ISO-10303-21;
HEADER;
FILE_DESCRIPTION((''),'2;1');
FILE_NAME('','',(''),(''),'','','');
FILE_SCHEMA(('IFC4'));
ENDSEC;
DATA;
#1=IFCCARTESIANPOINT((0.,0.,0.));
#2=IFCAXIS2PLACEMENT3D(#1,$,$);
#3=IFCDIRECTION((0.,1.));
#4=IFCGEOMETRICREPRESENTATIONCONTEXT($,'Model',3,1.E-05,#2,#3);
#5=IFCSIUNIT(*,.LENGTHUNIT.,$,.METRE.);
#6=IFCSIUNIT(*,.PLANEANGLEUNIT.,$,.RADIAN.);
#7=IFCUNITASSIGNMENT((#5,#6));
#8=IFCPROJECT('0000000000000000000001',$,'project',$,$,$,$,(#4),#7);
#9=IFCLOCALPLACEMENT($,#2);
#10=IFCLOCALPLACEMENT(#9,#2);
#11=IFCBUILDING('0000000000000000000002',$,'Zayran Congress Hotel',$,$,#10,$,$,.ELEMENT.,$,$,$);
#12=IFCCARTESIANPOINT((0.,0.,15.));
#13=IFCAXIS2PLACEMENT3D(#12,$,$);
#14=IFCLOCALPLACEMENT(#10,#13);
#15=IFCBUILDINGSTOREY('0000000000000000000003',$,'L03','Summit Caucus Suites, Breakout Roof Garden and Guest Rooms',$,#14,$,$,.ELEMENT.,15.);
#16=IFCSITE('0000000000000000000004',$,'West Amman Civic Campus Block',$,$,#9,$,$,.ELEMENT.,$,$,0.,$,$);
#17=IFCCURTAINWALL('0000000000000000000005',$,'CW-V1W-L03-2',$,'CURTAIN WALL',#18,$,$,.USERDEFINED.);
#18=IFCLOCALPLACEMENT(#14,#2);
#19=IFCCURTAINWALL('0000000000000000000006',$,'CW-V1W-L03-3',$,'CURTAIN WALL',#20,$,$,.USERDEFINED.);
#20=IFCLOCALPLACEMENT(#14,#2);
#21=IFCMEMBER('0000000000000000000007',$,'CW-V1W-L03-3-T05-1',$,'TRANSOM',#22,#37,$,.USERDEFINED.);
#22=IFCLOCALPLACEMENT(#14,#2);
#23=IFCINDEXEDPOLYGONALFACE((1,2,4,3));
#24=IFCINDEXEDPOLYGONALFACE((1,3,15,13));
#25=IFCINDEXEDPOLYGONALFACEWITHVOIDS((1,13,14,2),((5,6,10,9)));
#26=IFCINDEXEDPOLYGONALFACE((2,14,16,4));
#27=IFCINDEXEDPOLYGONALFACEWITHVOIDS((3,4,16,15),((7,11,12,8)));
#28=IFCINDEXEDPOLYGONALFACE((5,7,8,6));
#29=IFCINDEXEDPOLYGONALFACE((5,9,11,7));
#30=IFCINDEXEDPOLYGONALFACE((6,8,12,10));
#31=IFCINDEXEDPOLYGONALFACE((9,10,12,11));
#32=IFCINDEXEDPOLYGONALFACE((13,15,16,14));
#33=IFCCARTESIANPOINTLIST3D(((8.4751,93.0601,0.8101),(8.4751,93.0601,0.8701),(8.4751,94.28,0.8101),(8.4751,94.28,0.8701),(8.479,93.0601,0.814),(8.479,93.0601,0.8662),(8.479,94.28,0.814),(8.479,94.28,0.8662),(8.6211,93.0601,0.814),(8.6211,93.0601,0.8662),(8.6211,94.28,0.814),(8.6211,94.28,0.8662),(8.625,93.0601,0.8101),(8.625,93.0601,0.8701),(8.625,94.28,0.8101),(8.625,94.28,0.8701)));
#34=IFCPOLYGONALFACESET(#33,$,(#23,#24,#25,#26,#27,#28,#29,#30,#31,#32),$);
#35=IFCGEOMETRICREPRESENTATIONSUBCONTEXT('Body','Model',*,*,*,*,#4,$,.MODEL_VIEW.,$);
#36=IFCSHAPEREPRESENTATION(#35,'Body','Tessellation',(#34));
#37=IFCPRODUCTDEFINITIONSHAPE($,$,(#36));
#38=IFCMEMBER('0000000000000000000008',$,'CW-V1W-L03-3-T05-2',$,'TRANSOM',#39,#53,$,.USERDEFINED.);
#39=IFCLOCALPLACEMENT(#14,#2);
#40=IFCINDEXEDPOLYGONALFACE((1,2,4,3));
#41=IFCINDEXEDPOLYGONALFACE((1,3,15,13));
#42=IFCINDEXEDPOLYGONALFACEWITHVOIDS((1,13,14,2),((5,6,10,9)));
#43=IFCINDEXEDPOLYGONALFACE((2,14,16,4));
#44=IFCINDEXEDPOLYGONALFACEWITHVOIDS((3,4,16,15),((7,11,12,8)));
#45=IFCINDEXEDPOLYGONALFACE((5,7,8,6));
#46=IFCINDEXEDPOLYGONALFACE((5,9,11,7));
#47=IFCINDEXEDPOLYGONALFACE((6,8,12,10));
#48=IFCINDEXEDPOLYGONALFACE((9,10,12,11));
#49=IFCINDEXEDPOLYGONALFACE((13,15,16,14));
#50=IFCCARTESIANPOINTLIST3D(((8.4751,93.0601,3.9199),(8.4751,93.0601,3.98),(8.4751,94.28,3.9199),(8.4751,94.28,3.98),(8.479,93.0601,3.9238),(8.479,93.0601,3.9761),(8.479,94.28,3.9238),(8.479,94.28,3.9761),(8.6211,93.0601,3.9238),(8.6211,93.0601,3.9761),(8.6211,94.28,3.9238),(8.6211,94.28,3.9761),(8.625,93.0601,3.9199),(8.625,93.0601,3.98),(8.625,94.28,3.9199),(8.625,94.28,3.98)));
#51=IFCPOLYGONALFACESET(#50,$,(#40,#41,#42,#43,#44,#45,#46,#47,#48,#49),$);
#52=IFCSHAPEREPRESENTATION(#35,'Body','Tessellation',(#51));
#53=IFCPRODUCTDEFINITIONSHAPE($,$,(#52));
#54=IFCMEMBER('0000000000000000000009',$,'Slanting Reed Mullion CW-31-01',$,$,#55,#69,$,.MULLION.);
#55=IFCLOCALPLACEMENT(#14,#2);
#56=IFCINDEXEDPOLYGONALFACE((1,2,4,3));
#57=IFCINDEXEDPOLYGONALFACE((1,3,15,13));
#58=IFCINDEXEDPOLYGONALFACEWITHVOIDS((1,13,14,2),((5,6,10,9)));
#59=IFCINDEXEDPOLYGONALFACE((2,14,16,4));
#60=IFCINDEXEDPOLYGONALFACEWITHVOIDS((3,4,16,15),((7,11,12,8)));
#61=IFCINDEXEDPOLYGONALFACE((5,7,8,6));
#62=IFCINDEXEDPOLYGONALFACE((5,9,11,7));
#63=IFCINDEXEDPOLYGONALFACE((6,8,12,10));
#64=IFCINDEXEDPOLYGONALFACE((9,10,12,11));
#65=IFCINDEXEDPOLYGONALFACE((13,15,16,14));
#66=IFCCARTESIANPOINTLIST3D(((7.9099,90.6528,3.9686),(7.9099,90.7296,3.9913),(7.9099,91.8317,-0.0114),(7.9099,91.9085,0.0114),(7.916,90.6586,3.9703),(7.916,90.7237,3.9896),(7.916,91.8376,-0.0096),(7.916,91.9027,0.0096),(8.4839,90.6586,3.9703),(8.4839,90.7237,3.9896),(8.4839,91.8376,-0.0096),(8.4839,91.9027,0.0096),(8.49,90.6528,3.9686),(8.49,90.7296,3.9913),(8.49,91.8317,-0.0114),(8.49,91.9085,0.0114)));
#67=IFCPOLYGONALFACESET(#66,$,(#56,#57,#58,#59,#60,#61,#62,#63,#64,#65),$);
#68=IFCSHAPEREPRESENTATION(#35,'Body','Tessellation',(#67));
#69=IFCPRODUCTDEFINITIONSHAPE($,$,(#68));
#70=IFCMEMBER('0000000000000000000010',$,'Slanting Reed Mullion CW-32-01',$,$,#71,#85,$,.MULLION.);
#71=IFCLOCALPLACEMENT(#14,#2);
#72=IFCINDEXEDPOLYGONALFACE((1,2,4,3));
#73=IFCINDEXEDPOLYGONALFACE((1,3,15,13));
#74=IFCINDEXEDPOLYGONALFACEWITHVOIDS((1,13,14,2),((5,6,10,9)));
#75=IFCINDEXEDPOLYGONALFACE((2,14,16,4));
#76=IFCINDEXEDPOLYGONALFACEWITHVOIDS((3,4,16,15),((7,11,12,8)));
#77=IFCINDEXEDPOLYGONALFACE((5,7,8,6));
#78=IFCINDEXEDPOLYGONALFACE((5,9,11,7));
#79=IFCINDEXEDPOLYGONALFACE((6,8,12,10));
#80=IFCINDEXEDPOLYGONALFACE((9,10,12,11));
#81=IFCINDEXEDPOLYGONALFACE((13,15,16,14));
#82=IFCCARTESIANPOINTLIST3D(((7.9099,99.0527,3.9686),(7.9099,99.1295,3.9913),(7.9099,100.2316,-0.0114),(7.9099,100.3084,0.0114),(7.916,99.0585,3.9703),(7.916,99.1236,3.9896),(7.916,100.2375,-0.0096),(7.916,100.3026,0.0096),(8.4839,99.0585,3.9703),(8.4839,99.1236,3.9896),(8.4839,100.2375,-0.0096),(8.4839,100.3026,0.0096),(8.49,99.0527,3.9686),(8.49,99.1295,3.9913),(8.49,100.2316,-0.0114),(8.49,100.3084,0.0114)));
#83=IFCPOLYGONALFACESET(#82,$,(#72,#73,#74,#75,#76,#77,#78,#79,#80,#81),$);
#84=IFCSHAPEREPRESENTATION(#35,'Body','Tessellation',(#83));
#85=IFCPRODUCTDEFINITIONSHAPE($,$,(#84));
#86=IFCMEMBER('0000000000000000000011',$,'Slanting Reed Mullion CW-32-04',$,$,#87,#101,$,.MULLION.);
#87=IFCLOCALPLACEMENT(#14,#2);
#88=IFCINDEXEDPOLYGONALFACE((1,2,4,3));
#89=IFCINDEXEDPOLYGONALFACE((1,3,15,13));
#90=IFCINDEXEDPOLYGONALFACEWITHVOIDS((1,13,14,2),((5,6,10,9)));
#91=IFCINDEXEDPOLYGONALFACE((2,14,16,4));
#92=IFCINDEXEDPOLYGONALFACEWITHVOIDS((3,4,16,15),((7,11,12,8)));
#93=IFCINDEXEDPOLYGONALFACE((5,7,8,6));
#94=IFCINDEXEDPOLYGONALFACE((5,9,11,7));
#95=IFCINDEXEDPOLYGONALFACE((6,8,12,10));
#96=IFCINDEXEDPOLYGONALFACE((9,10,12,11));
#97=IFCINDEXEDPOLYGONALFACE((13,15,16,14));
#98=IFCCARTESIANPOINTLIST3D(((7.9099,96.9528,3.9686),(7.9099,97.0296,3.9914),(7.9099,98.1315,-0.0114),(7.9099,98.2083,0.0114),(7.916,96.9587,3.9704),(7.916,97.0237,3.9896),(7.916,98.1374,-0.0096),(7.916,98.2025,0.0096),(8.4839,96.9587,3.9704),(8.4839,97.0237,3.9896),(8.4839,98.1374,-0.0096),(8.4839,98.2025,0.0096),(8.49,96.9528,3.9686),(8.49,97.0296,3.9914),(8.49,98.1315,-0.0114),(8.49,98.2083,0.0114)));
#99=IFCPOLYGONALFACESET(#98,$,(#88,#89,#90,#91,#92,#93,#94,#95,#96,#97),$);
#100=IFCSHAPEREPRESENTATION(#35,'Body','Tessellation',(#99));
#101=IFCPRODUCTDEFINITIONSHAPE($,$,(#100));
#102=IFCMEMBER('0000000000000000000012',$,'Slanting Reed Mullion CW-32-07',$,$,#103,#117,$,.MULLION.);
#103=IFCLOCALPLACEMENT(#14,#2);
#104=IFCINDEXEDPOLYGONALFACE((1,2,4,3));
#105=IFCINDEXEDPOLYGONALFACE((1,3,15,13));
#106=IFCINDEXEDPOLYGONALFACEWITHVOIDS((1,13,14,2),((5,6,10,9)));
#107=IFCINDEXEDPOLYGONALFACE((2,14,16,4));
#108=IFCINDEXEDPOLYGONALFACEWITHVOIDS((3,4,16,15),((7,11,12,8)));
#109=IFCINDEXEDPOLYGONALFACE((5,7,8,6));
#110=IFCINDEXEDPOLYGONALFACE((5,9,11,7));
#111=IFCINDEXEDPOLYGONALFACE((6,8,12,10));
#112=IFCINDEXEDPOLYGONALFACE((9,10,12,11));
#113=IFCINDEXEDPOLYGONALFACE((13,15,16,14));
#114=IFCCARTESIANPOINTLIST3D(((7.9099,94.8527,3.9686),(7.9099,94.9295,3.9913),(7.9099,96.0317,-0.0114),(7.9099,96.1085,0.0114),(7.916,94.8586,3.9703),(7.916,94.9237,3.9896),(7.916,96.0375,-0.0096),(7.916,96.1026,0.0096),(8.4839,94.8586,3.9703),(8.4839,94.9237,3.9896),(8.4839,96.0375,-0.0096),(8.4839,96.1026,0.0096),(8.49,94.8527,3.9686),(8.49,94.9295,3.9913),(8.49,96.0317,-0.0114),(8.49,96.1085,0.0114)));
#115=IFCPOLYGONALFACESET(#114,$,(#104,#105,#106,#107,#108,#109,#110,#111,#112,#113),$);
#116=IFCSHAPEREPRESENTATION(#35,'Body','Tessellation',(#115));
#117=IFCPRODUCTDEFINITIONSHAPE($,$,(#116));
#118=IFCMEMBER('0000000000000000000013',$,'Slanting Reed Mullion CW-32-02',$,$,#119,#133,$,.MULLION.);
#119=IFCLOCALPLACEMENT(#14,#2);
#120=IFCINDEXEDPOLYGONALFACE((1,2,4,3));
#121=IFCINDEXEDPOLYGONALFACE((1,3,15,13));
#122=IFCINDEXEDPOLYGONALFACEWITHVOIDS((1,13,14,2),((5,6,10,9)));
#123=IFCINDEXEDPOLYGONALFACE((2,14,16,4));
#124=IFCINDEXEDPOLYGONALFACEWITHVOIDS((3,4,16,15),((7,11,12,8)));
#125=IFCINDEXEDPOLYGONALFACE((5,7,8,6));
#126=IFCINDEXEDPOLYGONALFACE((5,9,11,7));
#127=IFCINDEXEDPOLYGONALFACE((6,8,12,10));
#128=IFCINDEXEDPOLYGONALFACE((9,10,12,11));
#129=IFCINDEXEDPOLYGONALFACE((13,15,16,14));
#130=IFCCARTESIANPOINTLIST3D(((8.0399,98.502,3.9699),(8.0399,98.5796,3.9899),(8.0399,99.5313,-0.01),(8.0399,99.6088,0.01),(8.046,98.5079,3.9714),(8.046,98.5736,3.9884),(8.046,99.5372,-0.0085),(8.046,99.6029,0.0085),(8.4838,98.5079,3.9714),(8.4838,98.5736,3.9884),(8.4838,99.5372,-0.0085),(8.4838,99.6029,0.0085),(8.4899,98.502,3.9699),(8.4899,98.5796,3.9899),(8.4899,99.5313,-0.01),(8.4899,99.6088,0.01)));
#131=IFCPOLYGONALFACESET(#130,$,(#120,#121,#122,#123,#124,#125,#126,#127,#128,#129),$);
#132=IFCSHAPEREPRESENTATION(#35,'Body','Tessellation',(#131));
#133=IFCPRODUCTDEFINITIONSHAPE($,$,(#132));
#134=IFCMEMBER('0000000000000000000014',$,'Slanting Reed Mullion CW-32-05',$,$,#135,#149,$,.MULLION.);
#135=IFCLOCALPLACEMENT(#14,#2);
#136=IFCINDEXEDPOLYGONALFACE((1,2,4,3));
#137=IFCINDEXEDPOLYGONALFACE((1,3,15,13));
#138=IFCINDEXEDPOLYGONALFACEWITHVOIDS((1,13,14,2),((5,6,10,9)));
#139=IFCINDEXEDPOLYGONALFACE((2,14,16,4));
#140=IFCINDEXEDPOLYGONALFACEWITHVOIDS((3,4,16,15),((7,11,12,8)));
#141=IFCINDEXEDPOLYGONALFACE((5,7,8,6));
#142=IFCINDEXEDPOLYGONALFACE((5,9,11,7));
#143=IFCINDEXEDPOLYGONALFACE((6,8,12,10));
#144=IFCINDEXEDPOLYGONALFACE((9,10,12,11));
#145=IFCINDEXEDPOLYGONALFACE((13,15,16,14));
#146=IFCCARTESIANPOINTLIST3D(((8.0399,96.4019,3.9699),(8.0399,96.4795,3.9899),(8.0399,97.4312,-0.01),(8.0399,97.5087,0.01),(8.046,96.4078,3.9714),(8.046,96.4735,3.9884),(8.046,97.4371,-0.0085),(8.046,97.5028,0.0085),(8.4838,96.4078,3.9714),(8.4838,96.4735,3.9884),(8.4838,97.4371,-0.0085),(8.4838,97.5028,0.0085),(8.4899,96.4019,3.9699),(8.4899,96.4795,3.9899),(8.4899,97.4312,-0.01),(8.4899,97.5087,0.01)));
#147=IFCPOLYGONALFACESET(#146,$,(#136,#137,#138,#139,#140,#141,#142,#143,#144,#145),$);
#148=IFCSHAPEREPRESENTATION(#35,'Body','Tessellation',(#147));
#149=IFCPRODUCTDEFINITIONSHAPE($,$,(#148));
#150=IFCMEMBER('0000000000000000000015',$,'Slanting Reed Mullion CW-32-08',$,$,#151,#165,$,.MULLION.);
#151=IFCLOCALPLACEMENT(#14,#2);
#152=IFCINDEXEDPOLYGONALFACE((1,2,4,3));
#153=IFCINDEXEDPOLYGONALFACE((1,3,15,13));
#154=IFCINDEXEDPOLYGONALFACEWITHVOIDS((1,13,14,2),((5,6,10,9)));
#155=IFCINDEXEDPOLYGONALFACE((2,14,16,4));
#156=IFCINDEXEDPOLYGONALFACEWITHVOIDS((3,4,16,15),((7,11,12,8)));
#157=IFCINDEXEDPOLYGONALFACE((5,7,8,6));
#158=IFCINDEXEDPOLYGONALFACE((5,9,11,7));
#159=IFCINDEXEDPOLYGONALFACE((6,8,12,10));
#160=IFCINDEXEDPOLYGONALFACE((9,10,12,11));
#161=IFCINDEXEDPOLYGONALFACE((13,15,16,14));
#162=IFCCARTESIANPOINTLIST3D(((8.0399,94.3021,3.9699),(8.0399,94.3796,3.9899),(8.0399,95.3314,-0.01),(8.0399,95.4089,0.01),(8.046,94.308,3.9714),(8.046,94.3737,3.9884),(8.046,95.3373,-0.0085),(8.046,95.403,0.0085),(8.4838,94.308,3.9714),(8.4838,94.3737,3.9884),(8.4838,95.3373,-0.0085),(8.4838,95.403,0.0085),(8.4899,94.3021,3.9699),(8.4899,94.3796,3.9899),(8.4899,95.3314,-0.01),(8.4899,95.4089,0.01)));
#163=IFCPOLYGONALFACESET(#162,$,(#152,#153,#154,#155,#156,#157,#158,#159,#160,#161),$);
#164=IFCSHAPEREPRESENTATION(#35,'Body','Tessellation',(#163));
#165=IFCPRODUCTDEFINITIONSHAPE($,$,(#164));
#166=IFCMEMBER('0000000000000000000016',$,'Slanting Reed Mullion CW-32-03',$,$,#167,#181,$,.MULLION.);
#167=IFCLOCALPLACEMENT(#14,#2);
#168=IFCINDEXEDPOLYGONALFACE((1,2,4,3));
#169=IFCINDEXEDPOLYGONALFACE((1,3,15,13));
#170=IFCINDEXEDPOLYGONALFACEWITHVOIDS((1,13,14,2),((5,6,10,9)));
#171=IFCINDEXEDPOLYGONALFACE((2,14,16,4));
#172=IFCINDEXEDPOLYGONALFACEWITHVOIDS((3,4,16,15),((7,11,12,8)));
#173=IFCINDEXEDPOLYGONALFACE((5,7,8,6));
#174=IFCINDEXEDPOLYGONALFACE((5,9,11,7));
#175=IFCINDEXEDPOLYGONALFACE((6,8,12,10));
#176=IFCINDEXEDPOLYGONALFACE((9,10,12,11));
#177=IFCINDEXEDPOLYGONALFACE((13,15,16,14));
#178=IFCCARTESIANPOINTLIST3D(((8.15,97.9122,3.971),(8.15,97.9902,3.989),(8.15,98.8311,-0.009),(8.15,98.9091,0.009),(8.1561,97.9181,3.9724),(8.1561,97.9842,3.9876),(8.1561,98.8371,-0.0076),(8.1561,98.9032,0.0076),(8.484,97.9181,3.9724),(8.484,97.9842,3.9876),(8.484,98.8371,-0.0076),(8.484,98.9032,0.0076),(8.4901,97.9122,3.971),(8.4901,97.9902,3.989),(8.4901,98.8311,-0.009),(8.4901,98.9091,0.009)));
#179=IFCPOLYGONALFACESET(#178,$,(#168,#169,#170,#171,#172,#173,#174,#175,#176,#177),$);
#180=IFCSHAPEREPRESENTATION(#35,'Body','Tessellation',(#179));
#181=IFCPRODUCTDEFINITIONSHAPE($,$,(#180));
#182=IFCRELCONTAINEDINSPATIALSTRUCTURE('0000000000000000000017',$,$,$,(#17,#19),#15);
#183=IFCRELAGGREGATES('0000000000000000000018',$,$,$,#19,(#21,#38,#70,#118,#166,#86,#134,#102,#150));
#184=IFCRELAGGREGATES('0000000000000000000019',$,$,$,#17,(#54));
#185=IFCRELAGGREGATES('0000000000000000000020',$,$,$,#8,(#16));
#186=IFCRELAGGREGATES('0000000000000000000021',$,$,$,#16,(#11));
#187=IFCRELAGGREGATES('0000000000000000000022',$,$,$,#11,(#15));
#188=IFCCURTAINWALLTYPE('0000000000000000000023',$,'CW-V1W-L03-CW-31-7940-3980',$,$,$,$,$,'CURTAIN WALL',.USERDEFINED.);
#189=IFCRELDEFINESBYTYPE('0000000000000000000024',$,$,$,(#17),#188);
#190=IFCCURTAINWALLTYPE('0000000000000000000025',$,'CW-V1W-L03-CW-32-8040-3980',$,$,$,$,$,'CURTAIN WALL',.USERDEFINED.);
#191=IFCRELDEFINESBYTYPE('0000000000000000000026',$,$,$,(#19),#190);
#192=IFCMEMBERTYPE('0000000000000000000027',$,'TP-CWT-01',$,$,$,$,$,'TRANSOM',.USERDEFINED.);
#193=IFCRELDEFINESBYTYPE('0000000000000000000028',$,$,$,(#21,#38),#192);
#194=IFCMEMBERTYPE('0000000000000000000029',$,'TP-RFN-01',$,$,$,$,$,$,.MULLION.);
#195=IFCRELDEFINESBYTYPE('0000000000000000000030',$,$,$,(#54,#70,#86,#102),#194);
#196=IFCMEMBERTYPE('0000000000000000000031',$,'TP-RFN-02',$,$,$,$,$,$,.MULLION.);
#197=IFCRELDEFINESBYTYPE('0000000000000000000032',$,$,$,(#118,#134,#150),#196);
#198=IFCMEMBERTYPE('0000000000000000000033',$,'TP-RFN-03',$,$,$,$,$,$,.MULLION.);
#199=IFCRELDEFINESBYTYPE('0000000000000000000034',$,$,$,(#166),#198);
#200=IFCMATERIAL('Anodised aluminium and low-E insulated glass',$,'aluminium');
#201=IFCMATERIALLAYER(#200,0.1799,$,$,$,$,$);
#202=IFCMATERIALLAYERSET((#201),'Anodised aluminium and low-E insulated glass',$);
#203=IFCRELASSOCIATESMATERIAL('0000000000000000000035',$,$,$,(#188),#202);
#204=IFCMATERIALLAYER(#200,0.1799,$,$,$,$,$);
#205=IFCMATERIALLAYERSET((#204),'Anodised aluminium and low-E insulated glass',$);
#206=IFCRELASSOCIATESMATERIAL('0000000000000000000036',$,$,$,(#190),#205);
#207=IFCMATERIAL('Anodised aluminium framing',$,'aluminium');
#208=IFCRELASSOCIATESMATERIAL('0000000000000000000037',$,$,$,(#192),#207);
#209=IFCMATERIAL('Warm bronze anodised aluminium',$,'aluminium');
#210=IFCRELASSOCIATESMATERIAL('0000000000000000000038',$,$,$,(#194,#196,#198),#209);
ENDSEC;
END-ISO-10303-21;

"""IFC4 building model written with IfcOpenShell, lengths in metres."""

from ifc_helpers import new_model, si_unit, direction, frame, origin, origin_2d, place, context, subcontext, project, spatial, hollow_rectangle, extrude, material, layer, layer_set, material_profile, profile_set, type_object, element, aggregate, save


model = new_model("IFC4")

# Units and contexts
model_context = context("Model", 3, precision=1e-05, world=origin(), true_north=direction((0.0, 1.0)))
body_context = subcontext(model_context, "Body", "Model", "MODEL_VIEW")
ifc_project = project(units=[si_unit("LENGTHUNIT", "METRE"), si_unit("PLANEANGLEUNIT", "RADIAN")], contexts=[model_context])

# Site, building, storey
site_placement = place(None, origin())
site = spatial("IfcSite", under=ifc_project, at=site_placement, Name="West Amman Civic Campus Block", CompositionType="ELEMENT", RefElevation=0.0)
building_placement = place(site_placement, origin())
building = spatial("IfcBuilding", under=site, at=building_placement, Name="Zayran Congress Hotel", CompositionType="ELEMENT")
storey_placement = place(building_placement, frame((0.0, 0.0, 15.0)))
storey = spatial("IfcBuildingStorey", under=building, at=storey_placement, Name="L03", Description="Summit Caucus Suites, Breakout Roof Garden and Guest Rooms", CompositionType="ELEMENT", Elevation=15.0)

# Curtain walls
ifc_material_1 = material(Name="Anodised aluminium and low-E insulated glass", Category="aluminium")
ifc_layer_1 = layer(ifc_material_1, 0.1799)
ifc_layer_set_1 = layer_set([ifc_layer_1], Name="Anodised aluminium and low-E insulated glass")
curtain_wall_type_1 = type_object("IfcCurtainWallType", Name="CW-V1W-L03-CW-31-7940-3980", ElementType="CURTAIN WALL", PredefinedType="USERDEFINED", material=ifc_layer_set_1)
curtain_wall_1_placement = place(storey_placement, origin())
curtain_wall_1 = element("IfcCurtainWall", 1, at=curtain_wall_1_placement, inside=storey, type_object=curtain_wall_type_1, Name="CW-V1W-L03-2", ObjectType="CURTAIN WALL", PredefinedType="USERDEFINED")
ifc_material_2 = material(Name="Anodised aluminium framing", Category="aluminium")
ifc_layer_2 = layer(ifc_material_1, 0.1799)
ifc_layer_set_2 = layer_set([ifc_layer_2], Name="Anodised aluminium and low-E insulated glass")
curtain_wall_type_2 = type_object("IfcCurtainWallType", Name="CW-V1W-L03-CW-32-8040-3980", ElementType="CURTAIN WALL", PredefinedType="USERDEFINED", material=ifc_layer_set_2)
curtain_wall_2_placement = place(storey_placement, origin())
curtain_wall_2 = element("IfcCurtainWall", 2, at=curtain_wall_2_placement, inside=storey, type_object=curtain_wall_type_2, Name="CW-V1W-L03-3", ObjectType="CURTAIN WALL", PredefinedType="USERDEFINED")

# Members
ifc_material_profile_1 = material_profile(ifc_material_2, hollow_rectangle(XDim=0.0601, YDim=0.1499, WallThickness=0.0039, at=origin_2d()), Name="RHS 150x60x4")
ifc_profile_set_1 = profile_set([ifc_material_profile_1], Name="Anodised aluminium framing")
member_type_1 = type_object("IfcMemberType", Name="TP-CWT-01", ElementType="TRANSOM", PredefinedType="USERDEFINED", material=ifc_profile_set_1)
member_1_placement = place(storey_placement, frame((8.55, 94.28, 0.8401), z_axis=(0.0, -1.0, 0.0), x_axis=(0.0, 0.0, 1.0)))
member_1 = element("IfcMember", 3, at=member_1_placement, type_object=member_type_1, Name="CW-V1W-L03-3-T05-1", ObjectType="TRANSOM", PredefinedType="USERDEFINED", context=body_context, shape_type="SweptSolid", body=[
    extrude(hollow_rectangle(XDim=0.0601, YDim=0.1499, WallThickness=0.0039, at=origin_2d()), origin(), (0.0, 0.0, 1.0), 1.22),
])
member_2_placement = place(storey_placement, frame((8.55, 94.28, 3.95), z_axis=(0.0, -1.0, 0.0), x_axis=(0.0, 0.0, 1.0)))
member_2 = element("IfcMember", 4, at=member_2_placement, type_object=member_type_1, Name="CW-V1W-L03-3-T05-2", ObjectType="TRANSOM", PredefinedType="USERDEFINED", context=body_context, shape_type="SweptSolid", body=[
    extrude(hollow_rectangle(XDim=0.0601, YDim=0.1499, WallThickness=0.0039, at=origin_2d()), origin(), (0.0, 0.0, 1.0), 1.22),
])
ifc_material_3 = material(Name="Warm bronze anodised aluminium", Category="aluminium")
ifc_material_profile_2 = material_profile(ifc_material_3, hollow_rectangle(XDim=0.0801, YDim=0.5801, WallThickness=0.0061, at=origin_2d()), Name="RHS 580x80x6")
ifc_profile_set_2 = profile_set([ifc_material_profile_2], Name="Warm bronze anodised aluminium")
member_type_2 = type_object("IfcMemberType", Name="TP-RFN-01", PredefinedType="MULLION", material=ifc_profile_set_2)
member_3_placement = place(storey_placement, frame((8.2, 91.8701, 0.0), z_axis=(0.0, -0.284022, 0.958818), x_axis=(0.0, 0.958818, 0.284022)))
member_3 = element("IfcMember", 5, at=member_3_placement, type_object=member_type_2, Name="Slanting Reed Mullion CW-31-01", PredefinedType="MULLION", context=body_context, shape_type="SweptSolid", body=[
    extrude(hollow_rectangle(XDim=0.0801, YDim=0.5801, WallThickness=0.0061, at=origin_2d()), origin(), (0.0, 0.0, 1.0), 4.1509),
])
member_4_placement = place(storey_placement, frame((8.2, 100.27, 0.0), z_axis=(0.0, -0.284022, 0.958818), x_axis=(0.0, 0.958818, 0.284022)))
member_4 = element("IfcMember", 6, at=member_4_placement, type_object=member_type_2, Name="Slanting Reed Mullion CW-32-01", PredefinedType="MULLION", context=body_context, shape_type="SweptSolid", body=[
    extrude(hollow_rectangle(XDim=0.0801, YDim=0.5801, WallThickness=0.0061, at=origin_2d()), origin(), (0.0, 0.0, 1.0), 4.1509),
])
member_5_placement = place(storey_placement, frame((8.2, 98.1699, 0.0), z_axis=(0.0, -0.283968, 0.958834), x_axis=(0.0, 0.958834, 0.283968)))
member_5 = element("IfcMember", 7, at=member_5_placement, type_object=member_type_2, Name="Slanting Reed Mullion CW-32-04", PredefinedType="MULLION", context=body_context, shape_type="SweptSolid", body=[
    extrude(hollow_rectangle(XDim=0.0801, YDim=0.5801, WallThickness=0.0061, at=origin_2d()), origin(), (0.0, 0.0, 1.0), 4.1509),
])
member_6_placement = place(storey_placement, frame((8.2, 96.0701, 0.0), z_axis=(0.0, -0.284022, 0.958818), x_axis=(0.0, 0.958818, 0.284022)))
member_6 = element("IfcMember", 8, at=member_6_placement, type_object=member_type_2, Name="Slanting Reed Mullion CW-32-07", PredefinedType="MULLION", context=body_context, shape_type="SweptSolid", body=[
    extrude(hollow_rectangle(XDim=0.0801, YDim=0.5801, WallThickness=0.0061, at=origin_2d()), origin(), (0.0, 0.0, 1.0), 4.1509),
])
ifc_material_profile_3 = material_profile(ifc_material_3, hollow_rectangle(XDim=0.0801, YDim=0.45, WallThickness=0.0061, at=origin_2d()), Name="RHS 450x80x6")
ifc_profile_set_3 = profile_set([ifc_material_profile_3], Name="Warm bronze anodised aluminium")
member_type_3 = type_object("IfcMemberType", Name="TP-RFN-02", PredefinedType="MULLION", material=ifc_profile_set_3)
member_7_placement = place(storey_placement, frame((8.2649, 99.5701, 0.0), z_axis=(0.0, -0.250381, 0.968147), x_axis=(0.0, 0.968147, 0.250381)))
member_7 = element("IfcMember", 9, at=member_7_placement, type_object=member_type_3, Name="Slanting Reed Mullion CW-32-02", PredefinedType="MULLION", context=body_context, shape_type="SweptSolid", body=[
    extrude(hollow_rectangle(XDim=0.0801, YDim=0.45, WallThickness=0.0061, at=origin_2d()), origin(), (0.0, 0.0, 1.0), 4.1108),
])
member_8_placement = place(storey_placement, frame((8.2649, 97.47, 0.0), z_axis=(0.0, -0.250381, 0.968147), x_axis=(0.0, 0.968147, 0.250381)))
member_8 = element("IfcMember", 10, at=member_8_placement, type_object=member_type_3, Name="Slanting Reed Mullion CW-32-05", PredefinedType="MULLION", context=body_context, shape_type="SweptSolid", body=[
    extrude(hollow_rectangle(XDim=0.0801, YDim=0.45, WallThickness=0.0061, at=origin_2d()), origin(), (0.0, 0.0, 1.0), 4.1108),
])
member_9_placement = place(storey_placement, frame((8.2649, 95.3701, 0.0), z_axis=(0.0, -0.250381, 0.968147), x_axis=(0.0, 0.968147, 0.250381)))
member_9 = element("IfcMember", 11, at=member_9_placement, type_object=member_type_3, Name="Slanting Reed Mullion CW-32-08", PredefinedType="MULLION", context=body_context, shape_type="SweptSolid", body=[
    extrude(hollow_rectangle(XDim=0.0801, YDim=0.45, WallThickness=0.0061, at=origin_2d()), origin(), (0.0, 0.0, 1.0), 4.1108),
])
ifc_material_profile_4 = material_profile(ifc_material_3, hollow_rectangle(XDim=0.0801, YDim=0.3401, WallThickness=0.0061, at=origin_2d()), Name="RHS 340x80x6")
ifc_profile_set_4 = profile_set([ifc_material_profile_4], Name="Warm bronze anodised aluminium")
member_type_4 = type_object("IfcMemberType", Name="TP-RFN-03", PredefinedType="MULLION", material=ifc_profile_set_4)
member_10_placement = place(storey_placement, frame((8.3201, 98.8701, 0.0), z_axis=(0.0, -0.224973, 0.974365), x_axis=(0.0, 0.974365, 0.224973)))
member_10 = element("IfcMember", 12, at=member_10_placement, type_object=member_type_4, Name="Slanting Reed Mullion CW-32-03", PredefinedType="MULLION", context=body_context, shape_type="SweptSolid", body=[
    extrude(hollow_rectangle(XDim=0.0801, YDim=0.3401, WallThickness=0.0061, at=origin_2d()), origin(), (0.0, 0.0, 1.0), 4.0847),
])

aggregate(curtain_wall_2, [member_1, member_2, member_4, member_7, member_10, member_5, member_8, member_6, member_9])
aggregate(curtain_wall_1, [member_3])

save(model, "model.ifc")
